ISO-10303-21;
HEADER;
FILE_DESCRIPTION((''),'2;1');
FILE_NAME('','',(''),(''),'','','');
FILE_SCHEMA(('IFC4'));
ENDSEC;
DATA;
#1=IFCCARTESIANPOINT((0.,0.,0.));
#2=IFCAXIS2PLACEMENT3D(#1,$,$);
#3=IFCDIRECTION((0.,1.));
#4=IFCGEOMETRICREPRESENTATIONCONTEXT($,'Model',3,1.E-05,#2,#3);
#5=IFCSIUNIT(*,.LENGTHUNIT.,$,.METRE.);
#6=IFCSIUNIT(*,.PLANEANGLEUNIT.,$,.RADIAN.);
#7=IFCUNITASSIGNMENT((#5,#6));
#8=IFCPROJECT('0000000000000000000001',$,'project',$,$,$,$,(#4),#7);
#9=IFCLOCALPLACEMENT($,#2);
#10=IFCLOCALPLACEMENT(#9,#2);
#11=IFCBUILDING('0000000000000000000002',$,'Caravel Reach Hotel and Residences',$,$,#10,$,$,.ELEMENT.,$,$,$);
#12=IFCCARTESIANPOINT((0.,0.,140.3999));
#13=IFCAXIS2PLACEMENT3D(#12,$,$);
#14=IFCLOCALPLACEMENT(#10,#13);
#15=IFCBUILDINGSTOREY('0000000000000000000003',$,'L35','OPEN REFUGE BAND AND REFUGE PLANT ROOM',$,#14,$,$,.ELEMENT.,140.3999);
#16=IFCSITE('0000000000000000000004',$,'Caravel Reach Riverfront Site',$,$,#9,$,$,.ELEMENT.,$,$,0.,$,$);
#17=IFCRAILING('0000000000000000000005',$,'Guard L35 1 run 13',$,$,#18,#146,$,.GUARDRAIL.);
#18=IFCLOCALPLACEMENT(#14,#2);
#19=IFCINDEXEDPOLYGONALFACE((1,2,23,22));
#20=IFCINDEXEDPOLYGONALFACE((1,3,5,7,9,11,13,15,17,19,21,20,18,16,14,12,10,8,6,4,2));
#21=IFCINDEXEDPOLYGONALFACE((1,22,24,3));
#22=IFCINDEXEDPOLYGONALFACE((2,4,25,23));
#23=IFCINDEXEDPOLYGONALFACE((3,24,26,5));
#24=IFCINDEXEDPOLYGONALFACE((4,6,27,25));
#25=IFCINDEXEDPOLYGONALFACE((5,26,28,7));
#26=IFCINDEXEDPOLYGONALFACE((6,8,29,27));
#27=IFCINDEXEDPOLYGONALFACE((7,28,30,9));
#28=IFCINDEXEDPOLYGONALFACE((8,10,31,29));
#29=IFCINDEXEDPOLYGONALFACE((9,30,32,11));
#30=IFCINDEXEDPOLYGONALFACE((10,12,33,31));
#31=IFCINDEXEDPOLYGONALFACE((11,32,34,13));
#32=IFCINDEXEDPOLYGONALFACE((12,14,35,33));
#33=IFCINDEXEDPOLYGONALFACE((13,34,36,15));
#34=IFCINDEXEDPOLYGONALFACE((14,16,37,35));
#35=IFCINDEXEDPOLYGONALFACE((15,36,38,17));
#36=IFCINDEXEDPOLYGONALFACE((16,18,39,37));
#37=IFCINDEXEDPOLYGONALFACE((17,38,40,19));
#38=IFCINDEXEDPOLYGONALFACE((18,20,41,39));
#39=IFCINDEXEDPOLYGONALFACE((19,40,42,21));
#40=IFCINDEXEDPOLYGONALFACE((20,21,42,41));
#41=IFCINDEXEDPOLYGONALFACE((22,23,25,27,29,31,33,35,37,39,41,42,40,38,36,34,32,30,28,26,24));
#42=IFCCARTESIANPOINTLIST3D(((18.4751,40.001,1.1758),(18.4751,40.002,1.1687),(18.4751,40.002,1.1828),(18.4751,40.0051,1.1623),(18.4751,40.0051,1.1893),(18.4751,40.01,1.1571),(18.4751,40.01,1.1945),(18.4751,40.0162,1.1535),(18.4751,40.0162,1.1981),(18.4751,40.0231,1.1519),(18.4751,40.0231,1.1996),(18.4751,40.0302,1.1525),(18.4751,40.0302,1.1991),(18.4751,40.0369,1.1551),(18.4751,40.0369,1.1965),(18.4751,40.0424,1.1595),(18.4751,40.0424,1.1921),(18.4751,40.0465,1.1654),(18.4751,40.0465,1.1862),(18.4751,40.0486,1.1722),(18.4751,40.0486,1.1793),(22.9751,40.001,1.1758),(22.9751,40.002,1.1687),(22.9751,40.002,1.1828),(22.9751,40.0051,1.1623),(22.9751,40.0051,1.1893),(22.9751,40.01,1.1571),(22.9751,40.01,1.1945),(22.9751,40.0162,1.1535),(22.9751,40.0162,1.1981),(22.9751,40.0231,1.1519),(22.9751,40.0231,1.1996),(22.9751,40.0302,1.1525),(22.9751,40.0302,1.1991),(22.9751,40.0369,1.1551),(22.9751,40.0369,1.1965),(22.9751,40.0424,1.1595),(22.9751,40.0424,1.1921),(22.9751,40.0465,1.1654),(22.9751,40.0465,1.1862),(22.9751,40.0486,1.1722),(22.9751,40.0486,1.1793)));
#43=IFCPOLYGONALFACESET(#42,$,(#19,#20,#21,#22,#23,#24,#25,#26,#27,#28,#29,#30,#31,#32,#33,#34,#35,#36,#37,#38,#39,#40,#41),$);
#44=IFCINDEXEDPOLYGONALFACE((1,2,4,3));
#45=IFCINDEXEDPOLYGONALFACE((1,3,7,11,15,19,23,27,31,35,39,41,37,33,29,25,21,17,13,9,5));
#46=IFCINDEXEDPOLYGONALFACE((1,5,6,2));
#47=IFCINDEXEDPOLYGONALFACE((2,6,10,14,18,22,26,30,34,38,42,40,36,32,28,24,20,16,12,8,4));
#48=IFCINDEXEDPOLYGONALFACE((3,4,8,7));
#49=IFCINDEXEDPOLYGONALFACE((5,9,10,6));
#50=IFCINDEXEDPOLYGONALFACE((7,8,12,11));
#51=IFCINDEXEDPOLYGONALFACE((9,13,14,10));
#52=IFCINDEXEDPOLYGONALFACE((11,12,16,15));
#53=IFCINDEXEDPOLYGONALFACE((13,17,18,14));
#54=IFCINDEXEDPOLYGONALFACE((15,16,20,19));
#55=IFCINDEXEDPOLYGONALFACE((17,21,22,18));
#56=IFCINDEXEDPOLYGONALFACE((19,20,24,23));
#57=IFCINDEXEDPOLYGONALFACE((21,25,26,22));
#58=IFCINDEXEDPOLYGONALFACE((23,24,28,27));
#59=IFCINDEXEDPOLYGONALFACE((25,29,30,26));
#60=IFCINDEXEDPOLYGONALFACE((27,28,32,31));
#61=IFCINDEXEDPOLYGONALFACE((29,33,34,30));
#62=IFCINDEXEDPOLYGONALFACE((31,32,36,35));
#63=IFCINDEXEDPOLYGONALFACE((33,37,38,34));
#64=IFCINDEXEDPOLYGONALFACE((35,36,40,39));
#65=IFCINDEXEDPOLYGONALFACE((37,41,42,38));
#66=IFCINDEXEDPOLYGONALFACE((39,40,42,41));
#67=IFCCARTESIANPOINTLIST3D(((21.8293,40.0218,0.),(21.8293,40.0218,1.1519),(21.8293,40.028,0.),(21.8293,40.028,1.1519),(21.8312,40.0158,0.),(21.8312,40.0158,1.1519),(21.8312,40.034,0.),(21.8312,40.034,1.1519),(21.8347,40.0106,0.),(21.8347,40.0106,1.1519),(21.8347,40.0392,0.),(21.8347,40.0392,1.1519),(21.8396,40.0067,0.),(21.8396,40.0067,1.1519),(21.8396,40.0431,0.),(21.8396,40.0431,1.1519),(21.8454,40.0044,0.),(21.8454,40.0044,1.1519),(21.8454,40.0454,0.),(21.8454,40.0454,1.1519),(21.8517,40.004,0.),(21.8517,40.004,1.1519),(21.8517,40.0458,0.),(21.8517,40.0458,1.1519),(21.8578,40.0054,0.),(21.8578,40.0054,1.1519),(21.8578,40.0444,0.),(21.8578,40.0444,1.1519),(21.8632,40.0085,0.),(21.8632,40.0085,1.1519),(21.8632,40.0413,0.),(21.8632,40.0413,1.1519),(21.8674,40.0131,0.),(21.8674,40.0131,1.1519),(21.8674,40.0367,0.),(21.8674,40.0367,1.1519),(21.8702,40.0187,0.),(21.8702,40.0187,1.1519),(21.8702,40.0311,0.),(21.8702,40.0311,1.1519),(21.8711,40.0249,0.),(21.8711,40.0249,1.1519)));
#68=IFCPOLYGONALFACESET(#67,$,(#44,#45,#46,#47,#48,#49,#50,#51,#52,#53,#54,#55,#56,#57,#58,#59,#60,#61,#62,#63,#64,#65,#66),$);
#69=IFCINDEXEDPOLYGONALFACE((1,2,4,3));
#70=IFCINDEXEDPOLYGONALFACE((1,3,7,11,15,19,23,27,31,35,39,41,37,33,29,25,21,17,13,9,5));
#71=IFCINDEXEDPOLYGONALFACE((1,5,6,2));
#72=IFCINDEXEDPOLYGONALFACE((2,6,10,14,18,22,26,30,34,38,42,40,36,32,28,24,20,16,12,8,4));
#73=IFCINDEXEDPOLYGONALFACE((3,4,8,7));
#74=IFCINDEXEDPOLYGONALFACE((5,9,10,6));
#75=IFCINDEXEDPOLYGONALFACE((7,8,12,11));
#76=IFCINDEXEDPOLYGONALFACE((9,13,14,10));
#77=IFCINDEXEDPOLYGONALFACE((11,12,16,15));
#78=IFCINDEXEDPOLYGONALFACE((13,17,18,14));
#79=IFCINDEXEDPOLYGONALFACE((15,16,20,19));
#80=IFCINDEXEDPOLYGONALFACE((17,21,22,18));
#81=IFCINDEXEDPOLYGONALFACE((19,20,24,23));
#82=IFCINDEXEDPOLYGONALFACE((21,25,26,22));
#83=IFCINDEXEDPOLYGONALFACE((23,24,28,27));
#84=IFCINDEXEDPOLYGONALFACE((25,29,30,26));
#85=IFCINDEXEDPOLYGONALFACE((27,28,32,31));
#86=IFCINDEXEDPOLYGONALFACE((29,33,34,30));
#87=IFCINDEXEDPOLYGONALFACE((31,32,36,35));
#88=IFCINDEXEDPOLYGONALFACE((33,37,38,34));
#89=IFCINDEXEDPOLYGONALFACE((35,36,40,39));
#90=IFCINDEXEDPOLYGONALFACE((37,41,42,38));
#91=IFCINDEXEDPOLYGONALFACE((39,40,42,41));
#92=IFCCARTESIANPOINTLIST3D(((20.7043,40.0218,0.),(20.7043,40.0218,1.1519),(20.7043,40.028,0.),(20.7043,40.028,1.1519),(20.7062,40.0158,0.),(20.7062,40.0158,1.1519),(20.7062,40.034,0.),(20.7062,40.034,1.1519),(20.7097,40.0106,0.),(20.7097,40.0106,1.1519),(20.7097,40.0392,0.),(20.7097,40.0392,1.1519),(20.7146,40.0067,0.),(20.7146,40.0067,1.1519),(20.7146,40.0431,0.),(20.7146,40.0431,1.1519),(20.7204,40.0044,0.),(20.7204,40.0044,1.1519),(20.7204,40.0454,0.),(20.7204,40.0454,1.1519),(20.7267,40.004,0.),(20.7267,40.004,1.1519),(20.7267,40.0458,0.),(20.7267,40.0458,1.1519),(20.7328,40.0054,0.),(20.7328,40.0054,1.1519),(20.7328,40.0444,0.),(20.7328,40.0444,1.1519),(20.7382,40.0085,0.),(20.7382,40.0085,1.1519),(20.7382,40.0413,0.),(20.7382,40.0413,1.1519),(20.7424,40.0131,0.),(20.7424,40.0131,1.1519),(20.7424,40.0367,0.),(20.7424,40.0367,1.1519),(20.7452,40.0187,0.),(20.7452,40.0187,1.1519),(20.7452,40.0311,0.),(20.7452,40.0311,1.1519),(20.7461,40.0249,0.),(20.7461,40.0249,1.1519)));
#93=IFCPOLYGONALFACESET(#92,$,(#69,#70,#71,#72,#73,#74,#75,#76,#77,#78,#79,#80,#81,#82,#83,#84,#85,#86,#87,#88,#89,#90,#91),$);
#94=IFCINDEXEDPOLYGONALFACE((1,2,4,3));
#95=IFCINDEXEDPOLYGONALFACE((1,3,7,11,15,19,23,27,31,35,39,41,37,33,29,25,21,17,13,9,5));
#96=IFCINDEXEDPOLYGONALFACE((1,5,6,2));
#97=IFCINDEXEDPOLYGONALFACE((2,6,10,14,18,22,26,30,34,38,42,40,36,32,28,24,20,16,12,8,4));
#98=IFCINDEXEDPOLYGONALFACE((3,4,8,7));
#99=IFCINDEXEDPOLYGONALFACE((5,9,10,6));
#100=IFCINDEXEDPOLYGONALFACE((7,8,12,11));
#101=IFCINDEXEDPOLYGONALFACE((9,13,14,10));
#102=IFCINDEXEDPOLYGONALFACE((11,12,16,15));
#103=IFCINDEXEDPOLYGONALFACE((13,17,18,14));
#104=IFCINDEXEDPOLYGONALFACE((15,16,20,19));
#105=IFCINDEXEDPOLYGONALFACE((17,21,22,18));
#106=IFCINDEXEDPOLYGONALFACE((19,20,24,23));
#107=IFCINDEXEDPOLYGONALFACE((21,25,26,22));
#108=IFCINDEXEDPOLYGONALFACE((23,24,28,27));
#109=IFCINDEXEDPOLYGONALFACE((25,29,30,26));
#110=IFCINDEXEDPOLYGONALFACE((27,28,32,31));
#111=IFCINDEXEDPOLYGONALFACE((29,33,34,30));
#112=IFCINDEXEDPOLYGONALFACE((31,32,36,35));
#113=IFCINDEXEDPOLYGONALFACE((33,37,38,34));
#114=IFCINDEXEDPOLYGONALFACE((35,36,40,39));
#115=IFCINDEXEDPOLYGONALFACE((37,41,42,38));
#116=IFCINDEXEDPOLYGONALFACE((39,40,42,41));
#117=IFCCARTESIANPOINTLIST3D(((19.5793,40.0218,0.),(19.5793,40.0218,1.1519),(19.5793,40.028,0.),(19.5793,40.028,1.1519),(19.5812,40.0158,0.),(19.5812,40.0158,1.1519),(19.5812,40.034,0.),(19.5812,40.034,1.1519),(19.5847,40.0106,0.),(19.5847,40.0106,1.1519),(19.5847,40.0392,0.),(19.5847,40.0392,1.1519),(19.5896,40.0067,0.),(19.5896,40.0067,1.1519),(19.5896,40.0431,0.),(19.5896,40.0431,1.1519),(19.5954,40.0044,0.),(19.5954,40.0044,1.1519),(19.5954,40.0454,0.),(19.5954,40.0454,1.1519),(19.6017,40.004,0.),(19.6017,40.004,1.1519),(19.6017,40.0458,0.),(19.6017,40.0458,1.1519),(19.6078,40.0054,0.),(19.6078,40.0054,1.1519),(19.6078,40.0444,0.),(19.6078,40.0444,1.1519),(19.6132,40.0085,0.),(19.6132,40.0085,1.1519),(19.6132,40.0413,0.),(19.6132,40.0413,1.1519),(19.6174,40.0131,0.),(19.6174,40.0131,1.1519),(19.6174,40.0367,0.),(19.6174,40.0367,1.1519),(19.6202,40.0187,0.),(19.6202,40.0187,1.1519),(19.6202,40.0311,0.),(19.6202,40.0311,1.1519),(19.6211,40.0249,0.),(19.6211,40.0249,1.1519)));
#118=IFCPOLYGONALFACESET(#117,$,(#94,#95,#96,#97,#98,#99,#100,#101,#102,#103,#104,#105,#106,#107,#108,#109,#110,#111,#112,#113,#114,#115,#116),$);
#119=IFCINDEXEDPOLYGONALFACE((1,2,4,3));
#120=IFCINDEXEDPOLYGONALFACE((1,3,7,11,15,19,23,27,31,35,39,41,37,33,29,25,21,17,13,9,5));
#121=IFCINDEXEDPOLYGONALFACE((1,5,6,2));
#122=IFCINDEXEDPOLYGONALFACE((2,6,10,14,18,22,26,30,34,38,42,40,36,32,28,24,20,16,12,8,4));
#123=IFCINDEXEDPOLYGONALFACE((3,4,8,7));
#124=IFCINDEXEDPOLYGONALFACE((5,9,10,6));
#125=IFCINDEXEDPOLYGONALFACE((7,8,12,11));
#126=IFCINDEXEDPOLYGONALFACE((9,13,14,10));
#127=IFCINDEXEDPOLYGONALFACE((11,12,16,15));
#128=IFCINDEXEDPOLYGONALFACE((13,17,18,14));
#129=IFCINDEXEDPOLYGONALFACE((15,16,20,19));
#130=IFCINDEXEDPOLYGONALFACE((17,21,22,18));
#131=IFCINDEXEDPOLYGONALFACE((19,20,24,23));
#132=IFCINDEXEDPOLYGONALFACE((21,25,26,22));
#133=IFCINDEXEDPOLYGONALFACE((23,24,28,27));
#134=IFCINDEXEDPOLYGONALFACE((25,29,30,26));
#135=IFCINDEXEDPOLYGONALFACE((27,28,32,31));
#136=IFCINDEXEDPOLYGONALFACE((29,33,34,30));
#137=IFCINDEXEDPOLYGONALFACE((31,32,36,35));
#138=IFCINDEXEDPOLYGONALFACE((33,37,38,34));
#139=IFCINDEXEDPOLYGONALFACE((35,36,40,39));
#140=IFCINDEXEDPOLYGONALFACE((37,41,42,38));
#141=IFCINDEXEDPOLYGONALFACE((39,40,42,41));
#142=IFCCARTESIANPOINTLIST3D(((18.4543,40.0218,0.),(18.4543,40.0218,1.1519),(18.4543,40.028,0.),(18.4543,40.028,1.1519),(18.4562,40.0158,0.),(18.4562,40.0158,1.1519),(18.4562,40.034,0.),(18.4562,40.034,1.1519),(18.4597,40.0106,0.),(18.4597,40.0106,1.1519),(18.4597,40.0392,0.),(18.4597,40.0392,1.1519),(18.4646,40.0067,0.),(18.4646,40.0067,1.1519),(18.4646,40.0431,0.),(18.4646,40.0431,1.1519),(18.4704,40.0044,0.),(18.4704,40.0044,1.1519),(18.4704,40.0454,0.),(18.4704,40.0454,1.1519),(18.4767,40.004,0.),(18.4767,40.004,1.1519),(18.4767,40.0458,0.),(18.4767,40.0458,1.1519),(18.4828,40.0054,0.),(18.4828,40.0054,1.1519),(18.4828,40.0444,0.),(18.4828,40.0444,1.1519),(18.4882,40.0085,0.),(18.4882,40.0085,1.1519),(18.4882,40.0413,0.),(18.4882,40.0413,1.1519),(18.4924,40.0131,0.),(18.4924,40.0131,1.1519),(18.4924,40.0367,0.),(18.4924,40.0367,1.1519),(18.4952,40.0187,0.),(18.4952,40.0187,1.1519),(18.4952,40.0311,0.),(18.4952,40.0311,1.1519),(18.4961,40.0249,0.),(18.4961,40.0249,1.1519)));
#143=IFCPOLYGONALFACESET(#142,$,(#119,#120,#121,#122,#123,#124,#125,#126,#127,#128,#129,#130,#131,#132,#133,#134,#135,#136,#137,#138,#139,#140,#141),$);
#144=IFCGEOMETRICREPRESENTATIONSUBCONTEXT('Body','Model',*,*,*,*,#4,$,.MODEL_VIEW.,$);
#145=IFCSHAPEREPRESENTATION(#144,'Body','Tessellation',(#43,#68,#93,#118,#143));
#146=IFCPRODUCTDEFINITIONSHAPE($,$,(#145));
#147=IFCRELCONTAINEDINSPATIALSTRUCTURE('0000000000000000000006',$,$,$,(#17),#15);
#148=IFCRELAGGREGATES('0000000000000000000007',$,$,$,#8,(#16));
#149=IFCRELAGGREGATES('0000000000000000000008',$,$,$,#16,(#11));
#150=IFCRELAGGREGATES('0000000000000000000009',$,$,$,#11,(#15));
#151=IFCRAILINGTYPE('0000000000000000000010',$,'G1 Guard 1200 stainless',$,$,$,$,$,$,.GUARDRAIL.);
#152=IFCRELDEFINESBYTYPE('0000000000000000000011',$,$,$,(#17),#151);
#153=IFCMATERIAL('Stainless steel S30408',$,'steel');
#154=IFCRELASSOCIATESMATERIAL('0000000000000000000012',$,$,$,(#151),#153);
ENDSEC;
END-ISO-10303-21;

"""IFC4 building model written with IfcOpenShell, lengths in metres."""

from ifc_helpers import new_model, si_unit, direction, frame, origin, origin_2d, place, context, subcontext, project, spatial, circle, extrude, material, type_object, element, save


model = new_model("IFC4")

# Units and contexts
model_context = context("Model", 3, precision=1e-05, world=origin(), true_north=direction((0.0, 1.0)))
body_context = subcontext(model_context, "Body", "Model", "MODEL_VIEW")
ifc_project = project(units=[si_unit("LENGTHUNIT", "METRE"), si_unit("PLANEANGLEUNIT", "RADIAN")], contexts=[model_context])

# Site, building, storey
site_placement = place(None, origin())
site = spatial("IfcSite", under=ifc_project, at=site_placement, Name="Caravel Reach Riverfront Site", CompositionType="ELEMENT", RefElevation=0.0)
building_placement = place(site_placement, origin())
building = spatial("IfcBuilding", under=site, at=building_placement, Name="Caravel Reach Hotel and Residences", CompositionType="ELEMENT")
storey_placement = place(building_placement, frame((0.0, 0.0, 140.3999)))
storey = spatial("IfcBuildingStorey", under=building, at=storey_placement, Name="L35", Description="OPEN REFUGE BAND AND REFUGE PLANT ROOM", CompositionType="ELEMENT", Elevation=140.3999)

# Railing
ifc_material_1 = material(Name="Stainless steel S30408", Category="steel")
railing_type = type_object("IfcRailingType", Name="G1 Guard 1200 stainless", PredefinedType="GUARDRAIL", material=ifc_material_1)
railing_1_placement = place(storey_placement, frame((22.9751, 40.0249, 0.0)))
element("IfcRailing", 1, at=railing_1_placement, inside=storey, type_object=railing_type, Name="Guard L35 1 run 13", PredefinedType="GUARDRAIL", context=body_context, shape_type="SweptSolid", body=[
    extrude(circle(Radius=0.0239, at=origin_2d()), frame((0.0, 0.0, 1.1758), z_axis=(-1.0, 0.0, 0.0), x_axis=(0.0, -1.0, 0.0)), (0.0, 0.0, 1.0), 4.5),
    extrude(circle(Radius=0.021, at=origin_2d()), frame((-1.125, 0.0, 0.0)), (0.0, 0.0, 1.0), 1.1519),
    extrude(circle(Radius=0.021, at=origin_2d()), frame((-2.25, 0.0, 0.0)), (0.0, 0.0, 1.0), 1.1519),
    extrude(circle(Radius=0.021, at=origin_2d()), frame((-3.375, 0.0, 0.0)), (0.0, 0.0, 1.0), 1.1519),
    extrude(circle(Radius=0.021, at=origin_2d()), frame((-4.5, 0.0, 0.0)), (0.0, 0.0, 1.0), 1.1519),
])

save(model, "model.ifc")
